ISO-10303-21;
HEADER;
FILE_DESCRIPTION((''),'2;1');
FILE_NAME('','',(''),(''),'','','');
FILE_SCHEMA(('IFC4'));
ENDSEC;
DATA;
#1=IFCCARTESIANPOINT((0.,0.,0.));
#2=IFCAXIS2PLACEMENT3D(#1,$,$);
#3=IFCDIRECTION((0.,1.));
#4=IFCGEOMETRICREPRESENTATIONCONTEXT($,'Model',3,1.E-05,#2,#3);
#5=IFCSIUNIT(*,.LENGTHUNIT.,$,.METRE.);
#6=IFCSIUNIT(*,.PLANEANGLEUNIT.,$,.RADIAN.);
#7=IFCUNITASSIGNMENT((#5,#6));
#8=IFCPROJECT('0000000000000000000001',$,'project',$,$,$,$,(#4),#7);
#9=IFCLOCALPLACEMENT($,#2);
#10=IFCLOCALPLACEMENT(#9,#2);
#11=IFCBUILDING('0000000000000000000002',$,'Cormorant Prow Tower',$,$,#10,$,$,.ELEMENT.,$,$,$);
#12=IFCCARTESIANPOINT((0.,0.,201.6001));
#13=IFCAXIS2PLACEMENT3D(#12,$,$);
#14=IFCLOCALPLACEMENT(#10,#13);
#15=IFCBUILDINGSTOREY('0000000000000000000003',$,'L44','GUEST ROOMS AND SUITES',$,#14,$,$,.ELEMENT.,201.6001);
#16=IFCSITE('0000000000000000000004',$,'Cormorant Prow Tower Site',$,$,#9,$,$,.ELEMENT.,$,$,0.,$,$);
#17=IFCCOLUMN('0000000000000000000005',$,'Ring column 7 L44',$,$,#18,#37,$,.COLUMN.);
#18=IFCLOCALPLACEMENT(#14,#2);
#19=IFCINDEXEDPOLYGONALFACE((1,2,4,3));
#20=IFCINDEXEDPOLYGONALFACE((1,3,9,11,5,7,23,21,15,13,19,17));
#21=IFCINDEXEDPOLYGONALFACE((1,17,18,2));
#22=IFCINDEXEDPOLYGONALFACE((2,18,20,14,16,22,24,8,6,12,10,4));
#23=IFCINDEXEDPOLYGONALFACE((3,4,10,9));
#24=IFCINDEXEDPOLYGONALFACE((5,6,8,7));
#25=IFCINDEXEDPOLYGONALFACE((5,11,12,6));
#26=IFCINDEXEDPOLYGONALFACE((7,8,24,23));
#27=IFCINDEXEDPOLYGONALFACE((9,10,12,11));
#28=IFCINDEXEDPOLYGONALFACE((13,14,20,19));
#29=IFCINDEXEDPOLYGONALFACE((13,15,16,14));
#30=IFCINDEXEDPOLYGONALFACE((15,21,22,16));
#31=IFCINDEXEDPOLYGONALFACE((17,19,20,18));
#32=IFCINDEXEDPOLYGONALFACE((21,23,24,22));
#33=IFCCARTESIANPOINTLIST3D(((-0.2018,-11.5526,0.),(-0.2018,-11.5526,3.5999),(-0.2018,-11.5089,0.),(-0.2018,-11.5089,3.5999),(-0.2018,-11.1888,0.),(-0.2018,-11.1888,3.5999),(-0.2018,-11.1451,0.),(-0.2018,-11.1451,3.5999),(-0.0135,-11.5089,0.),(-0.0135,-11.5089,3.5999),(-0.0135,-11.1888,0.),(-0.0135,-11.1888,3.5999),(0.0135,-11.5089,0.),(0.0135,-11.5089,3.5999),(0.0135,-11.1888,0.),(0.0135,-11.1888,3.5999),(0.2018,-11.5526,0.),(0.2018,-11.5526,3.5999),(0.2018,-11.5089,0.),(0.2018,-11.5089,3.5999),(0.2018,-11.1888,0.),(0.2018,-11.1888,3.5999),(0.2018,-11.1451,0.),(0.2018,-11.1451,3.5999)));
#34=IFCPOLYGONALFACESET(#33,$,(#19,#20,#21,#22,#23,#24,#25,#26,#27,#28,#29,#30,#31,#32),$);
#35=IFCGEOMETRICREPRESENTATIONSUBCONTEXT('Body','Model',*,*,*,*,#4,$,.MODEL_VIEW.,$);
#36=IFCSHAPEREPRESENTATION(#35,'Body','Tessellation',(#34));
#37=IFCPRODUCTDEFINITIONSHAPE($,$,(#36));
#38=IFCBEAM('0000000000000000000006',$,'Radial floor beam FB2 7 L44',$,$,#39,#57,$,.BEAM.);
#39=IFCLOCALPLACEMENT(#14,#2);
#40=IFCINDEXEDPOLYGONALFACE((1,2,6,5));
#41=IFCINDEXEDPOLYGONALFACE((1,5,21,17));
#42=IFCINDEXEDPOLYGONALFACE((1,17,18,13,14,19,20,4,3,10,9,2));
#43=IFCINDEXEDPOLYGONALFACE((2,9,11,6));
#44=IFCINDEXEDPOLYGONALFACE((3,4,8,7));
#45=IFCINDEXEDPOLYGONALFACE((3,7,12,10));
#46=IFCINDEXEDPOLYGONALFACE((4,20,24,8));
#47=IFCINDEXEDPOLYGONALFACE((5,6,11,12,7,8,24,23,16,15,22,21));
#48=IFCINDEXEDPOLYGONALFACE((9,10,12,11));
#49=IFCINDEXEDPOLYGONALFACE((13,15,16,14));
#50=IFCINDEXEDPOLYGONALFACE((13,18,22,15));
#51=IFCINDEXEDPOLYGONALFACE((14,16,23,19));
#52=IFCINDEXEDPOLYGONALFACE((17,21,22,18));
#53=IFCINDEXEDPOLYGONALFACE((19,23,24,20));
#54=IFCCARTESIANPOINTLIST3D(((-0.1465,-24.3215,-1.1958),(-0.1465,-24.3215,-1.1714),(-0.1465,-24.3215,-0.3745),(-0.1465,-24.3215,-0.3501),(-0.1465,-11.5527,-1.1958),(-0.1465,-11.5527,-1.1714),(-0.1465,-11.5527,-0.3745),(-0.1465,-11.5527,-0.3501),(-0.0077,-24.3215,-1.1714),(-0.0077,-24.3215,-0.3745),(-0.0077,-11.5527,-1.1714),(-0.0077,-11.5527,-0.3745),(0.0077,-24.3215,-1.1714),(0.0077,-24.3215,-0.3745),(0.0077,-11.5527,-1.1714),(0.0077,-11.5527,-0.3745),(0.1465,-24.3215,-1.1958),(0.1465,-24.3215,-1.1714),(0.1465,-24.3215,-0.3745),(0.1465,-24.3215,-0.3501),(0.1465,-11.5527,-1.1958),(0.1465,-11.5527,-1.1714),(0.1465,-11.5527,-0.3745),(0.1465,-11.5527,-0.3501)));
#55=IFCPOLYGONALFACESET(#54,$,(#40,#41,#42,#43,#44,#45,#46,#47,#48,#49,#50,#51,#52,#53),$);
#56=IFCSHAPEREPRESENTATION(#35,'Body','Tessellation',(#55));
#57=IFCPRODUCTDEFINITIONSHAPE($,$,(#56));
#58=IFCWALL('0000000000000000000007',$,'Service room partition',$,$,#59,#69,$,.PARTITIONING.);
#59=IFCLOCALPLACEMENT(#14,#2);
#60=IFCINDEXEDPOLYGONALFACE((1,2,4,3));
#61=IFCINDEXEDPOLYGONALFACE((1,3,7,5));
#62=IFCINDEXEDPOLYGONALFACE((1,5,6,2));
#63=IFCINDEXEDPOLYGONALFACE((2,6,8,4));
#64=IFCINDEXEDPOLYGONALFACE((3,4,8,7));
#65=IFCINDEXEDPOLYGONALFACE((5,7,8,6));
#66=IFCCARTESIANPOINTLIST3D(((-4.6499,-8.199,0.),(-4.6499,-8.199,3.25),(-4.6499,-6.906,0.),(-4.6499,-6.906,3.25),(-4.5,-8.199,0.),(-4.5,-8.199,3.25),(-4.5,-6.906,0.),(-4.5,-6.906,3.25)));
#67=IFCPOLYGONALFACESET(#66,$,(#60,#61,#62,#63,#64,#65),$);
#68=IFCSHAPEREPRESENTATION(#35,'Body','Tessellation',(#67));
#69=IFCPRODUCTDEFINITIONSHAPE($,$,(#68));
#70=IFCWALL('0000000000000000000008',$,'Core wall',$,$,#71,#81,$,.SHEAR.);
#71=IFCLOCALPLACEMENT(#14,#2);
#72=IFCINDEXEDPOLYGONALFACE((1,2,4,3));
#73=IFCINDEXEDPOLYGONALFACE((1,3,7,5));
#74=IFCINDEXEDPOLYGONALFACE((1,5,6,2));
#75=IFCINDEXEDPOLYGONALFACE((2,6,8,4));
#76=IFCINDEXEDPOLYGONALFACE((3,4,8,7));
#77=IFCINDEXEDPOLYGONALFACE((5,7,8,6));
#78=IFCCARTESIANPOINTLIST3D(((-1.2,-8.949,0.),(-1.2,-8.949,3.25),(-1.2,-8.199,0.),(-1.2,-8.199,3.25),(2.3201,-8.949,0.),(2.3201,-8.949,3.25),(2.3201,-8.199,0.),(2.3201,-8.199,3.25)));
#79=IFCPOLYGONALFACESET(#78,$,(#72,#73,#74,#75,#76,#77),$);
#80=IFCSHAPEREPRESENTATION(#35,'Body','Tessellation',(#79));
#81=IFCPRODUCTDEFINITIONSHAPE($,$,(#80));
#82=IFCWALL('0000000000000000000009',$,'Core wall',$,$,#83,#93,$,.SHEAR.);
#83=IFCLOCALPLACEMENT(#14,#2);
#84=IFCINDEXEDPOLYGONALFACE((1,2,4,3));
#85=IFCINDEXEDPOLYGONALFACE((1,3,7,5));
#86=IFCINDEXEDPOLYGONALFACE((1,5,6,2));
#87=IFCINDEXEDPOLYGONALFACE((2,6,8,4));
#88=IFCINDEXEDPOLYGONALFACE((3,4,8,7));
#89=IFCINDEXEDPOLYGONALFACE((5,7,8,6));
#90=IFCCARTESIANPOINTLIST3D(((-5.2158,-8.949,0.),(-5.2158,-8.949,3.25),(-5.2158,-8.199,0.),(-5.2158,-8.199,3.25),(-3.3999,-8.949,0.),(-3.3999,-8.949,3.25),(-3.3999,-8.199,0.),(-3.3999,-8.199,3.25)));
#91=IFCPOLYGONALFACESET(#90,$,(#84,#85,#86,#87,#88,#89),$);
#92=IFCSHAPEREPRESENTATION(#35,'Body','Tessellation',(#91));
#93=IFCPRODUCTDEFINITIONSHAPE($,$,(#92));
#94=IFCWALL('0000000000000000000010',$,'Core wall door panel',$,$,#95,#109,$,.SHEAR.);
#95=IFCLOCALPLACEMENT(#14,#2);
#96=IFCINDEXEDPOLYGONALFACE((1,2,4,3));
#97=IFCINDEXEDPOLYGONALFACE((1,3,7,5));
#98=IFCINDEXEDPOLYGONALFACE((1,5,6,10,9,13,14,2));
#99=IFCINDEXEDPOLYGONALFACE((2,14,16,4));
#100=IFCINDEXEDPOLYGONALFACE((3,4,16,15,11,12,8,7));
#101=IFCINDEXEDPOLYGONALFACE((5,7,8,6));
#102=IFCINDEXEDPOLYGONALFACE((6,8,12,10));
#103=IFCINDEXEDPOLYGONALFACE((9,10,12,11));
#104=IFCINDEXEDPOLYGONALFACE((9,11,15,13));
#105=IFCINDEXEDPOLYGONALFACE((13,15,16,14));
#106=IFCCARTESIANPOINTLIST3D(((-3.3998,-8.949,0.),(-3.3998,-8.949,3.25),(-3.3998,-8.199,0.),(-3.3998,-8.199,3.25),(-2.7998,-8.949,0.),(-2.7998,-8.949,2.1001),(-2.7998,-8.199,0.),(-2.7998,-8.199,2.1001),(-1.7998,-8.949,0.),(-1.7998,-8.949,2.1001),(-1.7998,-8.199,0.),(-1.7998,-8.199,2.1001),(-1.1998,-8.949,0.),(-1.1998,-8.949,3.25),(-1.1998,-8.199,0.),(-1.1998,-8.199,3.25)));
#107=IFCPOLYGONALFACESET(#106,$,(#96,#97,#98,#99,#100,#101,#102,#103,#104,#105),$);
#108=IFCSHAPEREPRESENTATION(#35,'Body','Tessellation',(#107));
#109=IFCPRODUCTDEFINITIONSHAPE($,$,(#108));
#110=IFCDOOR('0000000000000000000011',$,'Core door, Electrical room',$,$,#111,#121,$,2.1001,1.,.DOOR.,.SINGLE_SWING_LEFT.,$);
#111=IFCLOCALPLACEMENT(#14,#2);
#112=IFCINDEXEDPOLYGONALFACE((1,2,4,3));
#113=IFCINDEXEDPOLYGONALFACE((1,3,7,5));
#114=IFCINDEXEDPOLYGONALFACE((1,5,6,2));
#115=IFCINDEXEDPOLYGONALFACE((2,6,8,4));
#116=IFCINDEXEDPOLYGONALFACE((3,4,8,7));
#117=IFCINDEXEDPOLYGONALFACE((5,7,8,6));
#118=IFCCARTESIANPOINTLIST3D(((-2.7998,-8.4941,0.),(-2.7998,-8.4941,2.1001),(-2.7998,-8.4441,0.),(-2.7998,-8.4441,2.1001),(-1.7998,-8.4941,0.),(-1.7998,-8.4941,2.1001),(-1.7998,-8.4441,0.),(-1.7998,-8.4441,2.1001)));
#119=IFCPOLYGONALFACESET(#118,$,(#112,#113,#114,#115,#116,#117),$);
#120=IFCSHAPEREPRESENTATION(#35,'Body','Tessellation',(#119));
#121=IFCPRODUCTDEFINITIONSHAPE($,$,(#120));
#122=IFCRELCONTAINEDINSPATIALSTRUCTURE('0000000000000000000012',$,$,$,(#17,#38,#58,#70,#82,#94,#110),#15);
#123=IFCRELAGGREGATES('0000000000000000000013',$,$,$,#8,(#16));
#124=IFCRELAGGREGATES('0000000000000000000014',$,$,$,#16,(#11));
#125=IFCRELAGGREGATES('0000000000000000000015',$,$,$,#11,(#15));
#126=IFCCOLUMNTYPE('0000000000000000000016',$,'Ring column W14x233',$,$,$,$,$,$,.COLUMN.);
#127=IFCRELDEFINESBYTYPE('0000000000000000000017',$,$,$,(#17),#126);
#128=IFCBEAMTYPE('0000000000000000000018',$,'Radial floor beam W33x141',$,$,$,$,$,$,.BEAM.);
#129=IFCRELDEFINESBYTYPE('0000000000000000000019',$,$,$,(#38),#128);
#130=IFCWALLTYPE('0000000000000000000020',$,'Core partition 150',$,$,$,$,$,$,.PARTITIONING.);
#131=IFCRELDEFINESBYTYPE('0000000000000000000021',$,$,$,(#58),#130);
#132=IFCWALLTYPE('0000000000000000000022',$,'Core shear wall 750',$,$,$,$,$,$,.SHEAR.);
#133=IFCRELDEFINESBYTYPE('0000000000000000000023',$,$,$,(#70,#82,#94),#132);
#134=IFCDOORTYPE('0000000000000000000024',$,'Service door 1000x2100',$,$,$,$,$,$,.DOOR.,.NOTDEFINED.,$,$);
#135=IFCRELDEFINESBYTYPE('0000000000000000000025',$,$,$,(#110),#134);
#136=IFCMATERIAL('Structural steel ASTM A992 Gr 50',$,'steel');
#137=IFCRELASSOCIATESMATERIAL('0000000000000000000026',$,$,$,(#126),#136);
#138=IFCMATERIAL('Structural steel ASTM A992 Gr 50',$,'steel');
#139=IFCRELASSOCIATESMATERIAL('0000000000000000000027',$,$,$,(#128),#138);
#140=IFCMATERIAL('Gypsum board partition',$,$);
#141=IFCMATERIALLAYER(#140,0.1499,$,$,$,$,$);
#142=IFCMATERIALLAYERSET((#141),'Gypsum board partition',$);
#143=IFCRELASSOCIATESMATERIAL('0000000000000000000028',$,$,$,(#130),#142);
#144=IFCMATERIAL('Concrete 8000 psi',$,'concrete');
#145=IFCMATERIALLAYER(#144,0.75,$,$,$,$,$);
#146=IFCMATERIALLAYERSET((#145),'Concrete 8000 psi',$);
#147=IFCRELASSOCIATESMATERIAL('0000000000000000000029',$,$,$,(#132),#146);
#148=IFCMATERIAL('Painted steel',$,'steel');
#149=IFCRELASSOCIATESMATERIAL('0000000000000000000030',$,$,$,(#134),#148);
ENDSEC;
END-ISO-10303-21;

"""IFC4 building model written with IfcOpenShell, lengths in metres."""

from ifc_helpers import new_model, si_unit, direction, frame, frame_2d, origin, origin_2d, place, context, subcontext, project, spatial, rectangle, i_section, extrude, material, layer, layer_set, material_profile, profile_set, type_object, element, fill, save


model = new_model("IFC4")

# Units and contexts
model_context = context("Model", 3, precision=1e-05, world=origin(), true_north=direction((0.0, 1.0)))
body_context = subcontext(model_context, "Body", "Model", "MODEL_VIEW")
ifc_project = project(units=[si_unit("LENGTHUNIT", "METRE"), si_unit("PLANEANGLEUNIT", "RADIAN")], contexts=[model_context])

# Site, building, storey
site_placement = place(None, origin())
site = spatial("IfcSite", under=ifc_project, at=site_placement, Name="Cormorant Prow Tower Site", CompositionType="ELEMENT", RefElevation=0.0)
building_placement = place(site_placement, origin())
building = spatial("IfcBuilding", under=site, at=building_placement, Name="Cormorant Prow Tower", CompositionType="ELEMENT")
storey_placement = place(building_placement, frame((0.0, 0.0, 201.6001)))
storey = spatial("IfcBuildingStorey", under=building, at=storey_placement, Name="L44", Description="GUEST ROOMS AND SUITES", CompositionType="ELEMENT", Elevation=201.6001)

# Column
ifc_material_1 = material(Name="Structural steel ASTM A992 Gr 50", Category="steel")
ifc_material_profile_1 = material_profile(ifc_material_1, i_section(OverallWidth=0.4036, OverallDepth=0.4075, WebThickness=0.0271, FlangeThickness=0.0437, at=origin_2d()), Name="W14x233")
ifc_profile_set_1 = profile_set([ifc_material_profile_1], Name="Structural steel ASTM A992 Gr 50")
column_type = type_object("IfcColumnType", Name="Ring column W14x233", PredefinedType="COLUMN", material=ifc_profile_set_1)
column_placement = place(storey_placement, frame((0.0, -11.3489, 0.0), z_axis=(0.0, 0.0, 1.0), x_axis=(1.0, 0.0, 0.0)))
element("IfcColumn", 1, at=column_placement, inside=storey, type_object=column_type, Name="Ring column 7 L44", PredefinedType="COLUMN", context=body_context, shape_type="SweptSolid", body=[
    extrude(i_section(OverallWidth=0.4036, OverallDepth=0.4075, WebThickness=0.0271, FlangeThickness=0.0437, at=origin_2d()), origin(), (0.0, 0.0, 1.0), 3.5999),
])

# Beam
ifc_material_2 = material(Name="Structural steel ASTM A992 Gr 50", Category="steel")
ifc_material_profile_2 = material_profile(ifc_material_2, i_section(OverallWidth=0.293, OverallDepth=0.8457, WebThickness=0.0154, FlangeThickness=0.0244, at=origin_2d()), Name="W33x141")
ifc_profile_set_2 = profile_set([ifc_material_profile_2], Name="Structural steel ASTM A992 Gr 50")
beam_type = type_object("IfcBeamType", Name="Radial floor beam W33x141", PredefinedType="BEAM", material=ifc_profile_set_2)
beam_placement = place(storey_placement, frame((0.0, -11.5527, -0.7729), z_axis=(0.0, -1.0, 0.0), x_axis=(1.0, 0.0, 0.0)))
element("IfcBeam", 2, at=beam_placement, inside=storey, type_object=beam_type, Name="Radial floor beam FB2 7 L44", PredefinedType="BEAM", context=body_context, shape_type="SweptSolid", body=[
    extrude(i_section(OverallWidth=0.293, OverallDepth=0.8457, WebThickness=0.0154, FlangeThickness=0.0244, at=origin_2d()), origin(), (0.0, 0.0, 1.0), 12.7688),
])

# Walls
ifc_material_3 = material(Name="Gypsum board partition")
ifc_layer_1 = layer(ifc_material_3, 0.1499)
ifc_layer_set_1 = layer_set([ifc_layer_1], Name="Gypsum board partition")
wall_type_1 = type_object("IfcWallType", Name="Core partition 150", PredefinedType="PARTITIONING", material=ifc_layer_set_1)
wall_1_placement = place(storey_placement, frame((-4.575, -6.906, 0.0), z_axis=(0.0, 0.0, 1.0), x_axis=(0.0, -1.0, 0.0)))
element("IfcWall", 3, at=wall_1_placement, inside=storey, type_object=wall_type_1, Name="Service room partition", PredefinedType="PARTITIONING", context=body_context, shape_type="SweptSolid", body=[
    extrude(rectangle(XDim=1.293, YDim=0.1499, at=frame_2d((0.6465, 0.0))), origin(), (0.0, 0.0, 1.0), 3.25),
])
ifc_material_4 = material(Name="Concrete 8000 psi", Category="concrete")
ifc_layer_2 = layer(ifc_material_4, 0.75)
ifc_layer_set_2 = layer_set([ifc_layer_2], Name="Concrete 8000 psi")
wall_type_2 = type_object("IfcWallType", Name="Core shear wall 750", PredefinedType="SHEAR", material=ifc_layer_set_2)
wall_2_placement = place(storey_placement, frame((-1.2, -8.574, 0.0), z_axis=(0.0, 0.0, 1.0), x_axis=(1.0, 0.0, 0.0)))
element("IfcWall", 4, at=wall_2_placement, inside=storey, type_object=wall_type_2, Name="Core wall", PredefinedType="SHEAR", context=body_context, shape_type="SweptSolid", body=[
    extrude(rectangle(XDim=3.52, YDim=0.75, at=frame_2d((1.76, 0.0))), origin(), (0.0, 0.0, 1.0), 3.25),
])
wall_3_placement = place(storey_placement, frame((-5.2158, -8.574, 0.0), z_axis=(0.0, 0.0, 1.0), x_axis=(1.0, 0.0, 0.0)))
element("IfcWall", 5, at=wall_3_placement, inside=storey, type_object=wall_type_2, Name="Core wall", PredefinedType="SHEAR", context=body_context, shape_type="SweptSolid", body=[
    extrude(rectangle(XDim=1.8159, YDim=0.75, at=frame_2d((0.908, 0.0))), origin(), (0.0, 0.0, 1.0), 3.25),
])

# Wall, opening, door
wall_4_placement = place(storey_placement, frame((-3.3999, -8.574, 0.0), z_axis=(0.0, 0.0, 1.0), x_axis=(1.0, 0.0, 0.0)))
wall_4 = element("IfcWall", 6, at=wall_4_placement, inside=storey, type_object=wall_type_2, Name="Core wall door panel", PredefinedType="SHEAR", context=body_context, shape_type="SweptSolid", body=[
    extrude(rectangle(XDim=2.2, YDim=0.75, at=frame_2d((1.1001, 0.0))), origin(), (0.0, 0.0, 1.0), 3.25),
])
opening_1_placement = place(wall_4_placement, frame((0.6001, 0.0, 0.0)))
opening_1 = element("IfcOpeningElement", 7, at=opening_1_placement, cuts=wall_4, PredefinedType="OPENING", context=body_context, shape_type="SweptSolid", body=[
    extrude(rectangle(XDim=1.0, YDim=2.1001, at=frame_2d((0.5, 1.05))), frame((0.0, 0.385, 0.0), z_axis=(0.0, -1.0, 0.0), x_axis=(1.0, 0.0, 0.0)), (0.0, 0.0, 1.0), 0.77),
])
ifc_material_5 = material(Name="Painted steel", Category="steel")
door_type_1 = type_object("IfcDoorType", Name="Service door 1000x2100", OperationType="NOTDEFINED", PredefinedType="DOOR", material=ifc_material_5)
door_1_placement = place(opening_1_placement, origin())
door_1 = element("IfcDoor", 8, at=door_1_placement, inside=storey, type_object=door_type_1, Name="Core door, Electrical room", OperationType="SINGLE_SWING_LEFT", OverallHeight=2.1001, OverallWidth=1.0, PredefinedType="DOOR", context=body_context, shape_type="SweptSolid", body=[
    extrude(rectangle(XDim=1.0, YDim=2.1001, at=frame_2d((0.5, 1.05))), frame((0.0, 0.1299, 0.0), z_axis=(0.0, -1.0, 0.0), x_axis=(1.0, 0.0, 0.0)), (0.0, 0.0, 1.0), 0.05),
])
fill(opening_1, door_1)

save(model, "model.ifc")
